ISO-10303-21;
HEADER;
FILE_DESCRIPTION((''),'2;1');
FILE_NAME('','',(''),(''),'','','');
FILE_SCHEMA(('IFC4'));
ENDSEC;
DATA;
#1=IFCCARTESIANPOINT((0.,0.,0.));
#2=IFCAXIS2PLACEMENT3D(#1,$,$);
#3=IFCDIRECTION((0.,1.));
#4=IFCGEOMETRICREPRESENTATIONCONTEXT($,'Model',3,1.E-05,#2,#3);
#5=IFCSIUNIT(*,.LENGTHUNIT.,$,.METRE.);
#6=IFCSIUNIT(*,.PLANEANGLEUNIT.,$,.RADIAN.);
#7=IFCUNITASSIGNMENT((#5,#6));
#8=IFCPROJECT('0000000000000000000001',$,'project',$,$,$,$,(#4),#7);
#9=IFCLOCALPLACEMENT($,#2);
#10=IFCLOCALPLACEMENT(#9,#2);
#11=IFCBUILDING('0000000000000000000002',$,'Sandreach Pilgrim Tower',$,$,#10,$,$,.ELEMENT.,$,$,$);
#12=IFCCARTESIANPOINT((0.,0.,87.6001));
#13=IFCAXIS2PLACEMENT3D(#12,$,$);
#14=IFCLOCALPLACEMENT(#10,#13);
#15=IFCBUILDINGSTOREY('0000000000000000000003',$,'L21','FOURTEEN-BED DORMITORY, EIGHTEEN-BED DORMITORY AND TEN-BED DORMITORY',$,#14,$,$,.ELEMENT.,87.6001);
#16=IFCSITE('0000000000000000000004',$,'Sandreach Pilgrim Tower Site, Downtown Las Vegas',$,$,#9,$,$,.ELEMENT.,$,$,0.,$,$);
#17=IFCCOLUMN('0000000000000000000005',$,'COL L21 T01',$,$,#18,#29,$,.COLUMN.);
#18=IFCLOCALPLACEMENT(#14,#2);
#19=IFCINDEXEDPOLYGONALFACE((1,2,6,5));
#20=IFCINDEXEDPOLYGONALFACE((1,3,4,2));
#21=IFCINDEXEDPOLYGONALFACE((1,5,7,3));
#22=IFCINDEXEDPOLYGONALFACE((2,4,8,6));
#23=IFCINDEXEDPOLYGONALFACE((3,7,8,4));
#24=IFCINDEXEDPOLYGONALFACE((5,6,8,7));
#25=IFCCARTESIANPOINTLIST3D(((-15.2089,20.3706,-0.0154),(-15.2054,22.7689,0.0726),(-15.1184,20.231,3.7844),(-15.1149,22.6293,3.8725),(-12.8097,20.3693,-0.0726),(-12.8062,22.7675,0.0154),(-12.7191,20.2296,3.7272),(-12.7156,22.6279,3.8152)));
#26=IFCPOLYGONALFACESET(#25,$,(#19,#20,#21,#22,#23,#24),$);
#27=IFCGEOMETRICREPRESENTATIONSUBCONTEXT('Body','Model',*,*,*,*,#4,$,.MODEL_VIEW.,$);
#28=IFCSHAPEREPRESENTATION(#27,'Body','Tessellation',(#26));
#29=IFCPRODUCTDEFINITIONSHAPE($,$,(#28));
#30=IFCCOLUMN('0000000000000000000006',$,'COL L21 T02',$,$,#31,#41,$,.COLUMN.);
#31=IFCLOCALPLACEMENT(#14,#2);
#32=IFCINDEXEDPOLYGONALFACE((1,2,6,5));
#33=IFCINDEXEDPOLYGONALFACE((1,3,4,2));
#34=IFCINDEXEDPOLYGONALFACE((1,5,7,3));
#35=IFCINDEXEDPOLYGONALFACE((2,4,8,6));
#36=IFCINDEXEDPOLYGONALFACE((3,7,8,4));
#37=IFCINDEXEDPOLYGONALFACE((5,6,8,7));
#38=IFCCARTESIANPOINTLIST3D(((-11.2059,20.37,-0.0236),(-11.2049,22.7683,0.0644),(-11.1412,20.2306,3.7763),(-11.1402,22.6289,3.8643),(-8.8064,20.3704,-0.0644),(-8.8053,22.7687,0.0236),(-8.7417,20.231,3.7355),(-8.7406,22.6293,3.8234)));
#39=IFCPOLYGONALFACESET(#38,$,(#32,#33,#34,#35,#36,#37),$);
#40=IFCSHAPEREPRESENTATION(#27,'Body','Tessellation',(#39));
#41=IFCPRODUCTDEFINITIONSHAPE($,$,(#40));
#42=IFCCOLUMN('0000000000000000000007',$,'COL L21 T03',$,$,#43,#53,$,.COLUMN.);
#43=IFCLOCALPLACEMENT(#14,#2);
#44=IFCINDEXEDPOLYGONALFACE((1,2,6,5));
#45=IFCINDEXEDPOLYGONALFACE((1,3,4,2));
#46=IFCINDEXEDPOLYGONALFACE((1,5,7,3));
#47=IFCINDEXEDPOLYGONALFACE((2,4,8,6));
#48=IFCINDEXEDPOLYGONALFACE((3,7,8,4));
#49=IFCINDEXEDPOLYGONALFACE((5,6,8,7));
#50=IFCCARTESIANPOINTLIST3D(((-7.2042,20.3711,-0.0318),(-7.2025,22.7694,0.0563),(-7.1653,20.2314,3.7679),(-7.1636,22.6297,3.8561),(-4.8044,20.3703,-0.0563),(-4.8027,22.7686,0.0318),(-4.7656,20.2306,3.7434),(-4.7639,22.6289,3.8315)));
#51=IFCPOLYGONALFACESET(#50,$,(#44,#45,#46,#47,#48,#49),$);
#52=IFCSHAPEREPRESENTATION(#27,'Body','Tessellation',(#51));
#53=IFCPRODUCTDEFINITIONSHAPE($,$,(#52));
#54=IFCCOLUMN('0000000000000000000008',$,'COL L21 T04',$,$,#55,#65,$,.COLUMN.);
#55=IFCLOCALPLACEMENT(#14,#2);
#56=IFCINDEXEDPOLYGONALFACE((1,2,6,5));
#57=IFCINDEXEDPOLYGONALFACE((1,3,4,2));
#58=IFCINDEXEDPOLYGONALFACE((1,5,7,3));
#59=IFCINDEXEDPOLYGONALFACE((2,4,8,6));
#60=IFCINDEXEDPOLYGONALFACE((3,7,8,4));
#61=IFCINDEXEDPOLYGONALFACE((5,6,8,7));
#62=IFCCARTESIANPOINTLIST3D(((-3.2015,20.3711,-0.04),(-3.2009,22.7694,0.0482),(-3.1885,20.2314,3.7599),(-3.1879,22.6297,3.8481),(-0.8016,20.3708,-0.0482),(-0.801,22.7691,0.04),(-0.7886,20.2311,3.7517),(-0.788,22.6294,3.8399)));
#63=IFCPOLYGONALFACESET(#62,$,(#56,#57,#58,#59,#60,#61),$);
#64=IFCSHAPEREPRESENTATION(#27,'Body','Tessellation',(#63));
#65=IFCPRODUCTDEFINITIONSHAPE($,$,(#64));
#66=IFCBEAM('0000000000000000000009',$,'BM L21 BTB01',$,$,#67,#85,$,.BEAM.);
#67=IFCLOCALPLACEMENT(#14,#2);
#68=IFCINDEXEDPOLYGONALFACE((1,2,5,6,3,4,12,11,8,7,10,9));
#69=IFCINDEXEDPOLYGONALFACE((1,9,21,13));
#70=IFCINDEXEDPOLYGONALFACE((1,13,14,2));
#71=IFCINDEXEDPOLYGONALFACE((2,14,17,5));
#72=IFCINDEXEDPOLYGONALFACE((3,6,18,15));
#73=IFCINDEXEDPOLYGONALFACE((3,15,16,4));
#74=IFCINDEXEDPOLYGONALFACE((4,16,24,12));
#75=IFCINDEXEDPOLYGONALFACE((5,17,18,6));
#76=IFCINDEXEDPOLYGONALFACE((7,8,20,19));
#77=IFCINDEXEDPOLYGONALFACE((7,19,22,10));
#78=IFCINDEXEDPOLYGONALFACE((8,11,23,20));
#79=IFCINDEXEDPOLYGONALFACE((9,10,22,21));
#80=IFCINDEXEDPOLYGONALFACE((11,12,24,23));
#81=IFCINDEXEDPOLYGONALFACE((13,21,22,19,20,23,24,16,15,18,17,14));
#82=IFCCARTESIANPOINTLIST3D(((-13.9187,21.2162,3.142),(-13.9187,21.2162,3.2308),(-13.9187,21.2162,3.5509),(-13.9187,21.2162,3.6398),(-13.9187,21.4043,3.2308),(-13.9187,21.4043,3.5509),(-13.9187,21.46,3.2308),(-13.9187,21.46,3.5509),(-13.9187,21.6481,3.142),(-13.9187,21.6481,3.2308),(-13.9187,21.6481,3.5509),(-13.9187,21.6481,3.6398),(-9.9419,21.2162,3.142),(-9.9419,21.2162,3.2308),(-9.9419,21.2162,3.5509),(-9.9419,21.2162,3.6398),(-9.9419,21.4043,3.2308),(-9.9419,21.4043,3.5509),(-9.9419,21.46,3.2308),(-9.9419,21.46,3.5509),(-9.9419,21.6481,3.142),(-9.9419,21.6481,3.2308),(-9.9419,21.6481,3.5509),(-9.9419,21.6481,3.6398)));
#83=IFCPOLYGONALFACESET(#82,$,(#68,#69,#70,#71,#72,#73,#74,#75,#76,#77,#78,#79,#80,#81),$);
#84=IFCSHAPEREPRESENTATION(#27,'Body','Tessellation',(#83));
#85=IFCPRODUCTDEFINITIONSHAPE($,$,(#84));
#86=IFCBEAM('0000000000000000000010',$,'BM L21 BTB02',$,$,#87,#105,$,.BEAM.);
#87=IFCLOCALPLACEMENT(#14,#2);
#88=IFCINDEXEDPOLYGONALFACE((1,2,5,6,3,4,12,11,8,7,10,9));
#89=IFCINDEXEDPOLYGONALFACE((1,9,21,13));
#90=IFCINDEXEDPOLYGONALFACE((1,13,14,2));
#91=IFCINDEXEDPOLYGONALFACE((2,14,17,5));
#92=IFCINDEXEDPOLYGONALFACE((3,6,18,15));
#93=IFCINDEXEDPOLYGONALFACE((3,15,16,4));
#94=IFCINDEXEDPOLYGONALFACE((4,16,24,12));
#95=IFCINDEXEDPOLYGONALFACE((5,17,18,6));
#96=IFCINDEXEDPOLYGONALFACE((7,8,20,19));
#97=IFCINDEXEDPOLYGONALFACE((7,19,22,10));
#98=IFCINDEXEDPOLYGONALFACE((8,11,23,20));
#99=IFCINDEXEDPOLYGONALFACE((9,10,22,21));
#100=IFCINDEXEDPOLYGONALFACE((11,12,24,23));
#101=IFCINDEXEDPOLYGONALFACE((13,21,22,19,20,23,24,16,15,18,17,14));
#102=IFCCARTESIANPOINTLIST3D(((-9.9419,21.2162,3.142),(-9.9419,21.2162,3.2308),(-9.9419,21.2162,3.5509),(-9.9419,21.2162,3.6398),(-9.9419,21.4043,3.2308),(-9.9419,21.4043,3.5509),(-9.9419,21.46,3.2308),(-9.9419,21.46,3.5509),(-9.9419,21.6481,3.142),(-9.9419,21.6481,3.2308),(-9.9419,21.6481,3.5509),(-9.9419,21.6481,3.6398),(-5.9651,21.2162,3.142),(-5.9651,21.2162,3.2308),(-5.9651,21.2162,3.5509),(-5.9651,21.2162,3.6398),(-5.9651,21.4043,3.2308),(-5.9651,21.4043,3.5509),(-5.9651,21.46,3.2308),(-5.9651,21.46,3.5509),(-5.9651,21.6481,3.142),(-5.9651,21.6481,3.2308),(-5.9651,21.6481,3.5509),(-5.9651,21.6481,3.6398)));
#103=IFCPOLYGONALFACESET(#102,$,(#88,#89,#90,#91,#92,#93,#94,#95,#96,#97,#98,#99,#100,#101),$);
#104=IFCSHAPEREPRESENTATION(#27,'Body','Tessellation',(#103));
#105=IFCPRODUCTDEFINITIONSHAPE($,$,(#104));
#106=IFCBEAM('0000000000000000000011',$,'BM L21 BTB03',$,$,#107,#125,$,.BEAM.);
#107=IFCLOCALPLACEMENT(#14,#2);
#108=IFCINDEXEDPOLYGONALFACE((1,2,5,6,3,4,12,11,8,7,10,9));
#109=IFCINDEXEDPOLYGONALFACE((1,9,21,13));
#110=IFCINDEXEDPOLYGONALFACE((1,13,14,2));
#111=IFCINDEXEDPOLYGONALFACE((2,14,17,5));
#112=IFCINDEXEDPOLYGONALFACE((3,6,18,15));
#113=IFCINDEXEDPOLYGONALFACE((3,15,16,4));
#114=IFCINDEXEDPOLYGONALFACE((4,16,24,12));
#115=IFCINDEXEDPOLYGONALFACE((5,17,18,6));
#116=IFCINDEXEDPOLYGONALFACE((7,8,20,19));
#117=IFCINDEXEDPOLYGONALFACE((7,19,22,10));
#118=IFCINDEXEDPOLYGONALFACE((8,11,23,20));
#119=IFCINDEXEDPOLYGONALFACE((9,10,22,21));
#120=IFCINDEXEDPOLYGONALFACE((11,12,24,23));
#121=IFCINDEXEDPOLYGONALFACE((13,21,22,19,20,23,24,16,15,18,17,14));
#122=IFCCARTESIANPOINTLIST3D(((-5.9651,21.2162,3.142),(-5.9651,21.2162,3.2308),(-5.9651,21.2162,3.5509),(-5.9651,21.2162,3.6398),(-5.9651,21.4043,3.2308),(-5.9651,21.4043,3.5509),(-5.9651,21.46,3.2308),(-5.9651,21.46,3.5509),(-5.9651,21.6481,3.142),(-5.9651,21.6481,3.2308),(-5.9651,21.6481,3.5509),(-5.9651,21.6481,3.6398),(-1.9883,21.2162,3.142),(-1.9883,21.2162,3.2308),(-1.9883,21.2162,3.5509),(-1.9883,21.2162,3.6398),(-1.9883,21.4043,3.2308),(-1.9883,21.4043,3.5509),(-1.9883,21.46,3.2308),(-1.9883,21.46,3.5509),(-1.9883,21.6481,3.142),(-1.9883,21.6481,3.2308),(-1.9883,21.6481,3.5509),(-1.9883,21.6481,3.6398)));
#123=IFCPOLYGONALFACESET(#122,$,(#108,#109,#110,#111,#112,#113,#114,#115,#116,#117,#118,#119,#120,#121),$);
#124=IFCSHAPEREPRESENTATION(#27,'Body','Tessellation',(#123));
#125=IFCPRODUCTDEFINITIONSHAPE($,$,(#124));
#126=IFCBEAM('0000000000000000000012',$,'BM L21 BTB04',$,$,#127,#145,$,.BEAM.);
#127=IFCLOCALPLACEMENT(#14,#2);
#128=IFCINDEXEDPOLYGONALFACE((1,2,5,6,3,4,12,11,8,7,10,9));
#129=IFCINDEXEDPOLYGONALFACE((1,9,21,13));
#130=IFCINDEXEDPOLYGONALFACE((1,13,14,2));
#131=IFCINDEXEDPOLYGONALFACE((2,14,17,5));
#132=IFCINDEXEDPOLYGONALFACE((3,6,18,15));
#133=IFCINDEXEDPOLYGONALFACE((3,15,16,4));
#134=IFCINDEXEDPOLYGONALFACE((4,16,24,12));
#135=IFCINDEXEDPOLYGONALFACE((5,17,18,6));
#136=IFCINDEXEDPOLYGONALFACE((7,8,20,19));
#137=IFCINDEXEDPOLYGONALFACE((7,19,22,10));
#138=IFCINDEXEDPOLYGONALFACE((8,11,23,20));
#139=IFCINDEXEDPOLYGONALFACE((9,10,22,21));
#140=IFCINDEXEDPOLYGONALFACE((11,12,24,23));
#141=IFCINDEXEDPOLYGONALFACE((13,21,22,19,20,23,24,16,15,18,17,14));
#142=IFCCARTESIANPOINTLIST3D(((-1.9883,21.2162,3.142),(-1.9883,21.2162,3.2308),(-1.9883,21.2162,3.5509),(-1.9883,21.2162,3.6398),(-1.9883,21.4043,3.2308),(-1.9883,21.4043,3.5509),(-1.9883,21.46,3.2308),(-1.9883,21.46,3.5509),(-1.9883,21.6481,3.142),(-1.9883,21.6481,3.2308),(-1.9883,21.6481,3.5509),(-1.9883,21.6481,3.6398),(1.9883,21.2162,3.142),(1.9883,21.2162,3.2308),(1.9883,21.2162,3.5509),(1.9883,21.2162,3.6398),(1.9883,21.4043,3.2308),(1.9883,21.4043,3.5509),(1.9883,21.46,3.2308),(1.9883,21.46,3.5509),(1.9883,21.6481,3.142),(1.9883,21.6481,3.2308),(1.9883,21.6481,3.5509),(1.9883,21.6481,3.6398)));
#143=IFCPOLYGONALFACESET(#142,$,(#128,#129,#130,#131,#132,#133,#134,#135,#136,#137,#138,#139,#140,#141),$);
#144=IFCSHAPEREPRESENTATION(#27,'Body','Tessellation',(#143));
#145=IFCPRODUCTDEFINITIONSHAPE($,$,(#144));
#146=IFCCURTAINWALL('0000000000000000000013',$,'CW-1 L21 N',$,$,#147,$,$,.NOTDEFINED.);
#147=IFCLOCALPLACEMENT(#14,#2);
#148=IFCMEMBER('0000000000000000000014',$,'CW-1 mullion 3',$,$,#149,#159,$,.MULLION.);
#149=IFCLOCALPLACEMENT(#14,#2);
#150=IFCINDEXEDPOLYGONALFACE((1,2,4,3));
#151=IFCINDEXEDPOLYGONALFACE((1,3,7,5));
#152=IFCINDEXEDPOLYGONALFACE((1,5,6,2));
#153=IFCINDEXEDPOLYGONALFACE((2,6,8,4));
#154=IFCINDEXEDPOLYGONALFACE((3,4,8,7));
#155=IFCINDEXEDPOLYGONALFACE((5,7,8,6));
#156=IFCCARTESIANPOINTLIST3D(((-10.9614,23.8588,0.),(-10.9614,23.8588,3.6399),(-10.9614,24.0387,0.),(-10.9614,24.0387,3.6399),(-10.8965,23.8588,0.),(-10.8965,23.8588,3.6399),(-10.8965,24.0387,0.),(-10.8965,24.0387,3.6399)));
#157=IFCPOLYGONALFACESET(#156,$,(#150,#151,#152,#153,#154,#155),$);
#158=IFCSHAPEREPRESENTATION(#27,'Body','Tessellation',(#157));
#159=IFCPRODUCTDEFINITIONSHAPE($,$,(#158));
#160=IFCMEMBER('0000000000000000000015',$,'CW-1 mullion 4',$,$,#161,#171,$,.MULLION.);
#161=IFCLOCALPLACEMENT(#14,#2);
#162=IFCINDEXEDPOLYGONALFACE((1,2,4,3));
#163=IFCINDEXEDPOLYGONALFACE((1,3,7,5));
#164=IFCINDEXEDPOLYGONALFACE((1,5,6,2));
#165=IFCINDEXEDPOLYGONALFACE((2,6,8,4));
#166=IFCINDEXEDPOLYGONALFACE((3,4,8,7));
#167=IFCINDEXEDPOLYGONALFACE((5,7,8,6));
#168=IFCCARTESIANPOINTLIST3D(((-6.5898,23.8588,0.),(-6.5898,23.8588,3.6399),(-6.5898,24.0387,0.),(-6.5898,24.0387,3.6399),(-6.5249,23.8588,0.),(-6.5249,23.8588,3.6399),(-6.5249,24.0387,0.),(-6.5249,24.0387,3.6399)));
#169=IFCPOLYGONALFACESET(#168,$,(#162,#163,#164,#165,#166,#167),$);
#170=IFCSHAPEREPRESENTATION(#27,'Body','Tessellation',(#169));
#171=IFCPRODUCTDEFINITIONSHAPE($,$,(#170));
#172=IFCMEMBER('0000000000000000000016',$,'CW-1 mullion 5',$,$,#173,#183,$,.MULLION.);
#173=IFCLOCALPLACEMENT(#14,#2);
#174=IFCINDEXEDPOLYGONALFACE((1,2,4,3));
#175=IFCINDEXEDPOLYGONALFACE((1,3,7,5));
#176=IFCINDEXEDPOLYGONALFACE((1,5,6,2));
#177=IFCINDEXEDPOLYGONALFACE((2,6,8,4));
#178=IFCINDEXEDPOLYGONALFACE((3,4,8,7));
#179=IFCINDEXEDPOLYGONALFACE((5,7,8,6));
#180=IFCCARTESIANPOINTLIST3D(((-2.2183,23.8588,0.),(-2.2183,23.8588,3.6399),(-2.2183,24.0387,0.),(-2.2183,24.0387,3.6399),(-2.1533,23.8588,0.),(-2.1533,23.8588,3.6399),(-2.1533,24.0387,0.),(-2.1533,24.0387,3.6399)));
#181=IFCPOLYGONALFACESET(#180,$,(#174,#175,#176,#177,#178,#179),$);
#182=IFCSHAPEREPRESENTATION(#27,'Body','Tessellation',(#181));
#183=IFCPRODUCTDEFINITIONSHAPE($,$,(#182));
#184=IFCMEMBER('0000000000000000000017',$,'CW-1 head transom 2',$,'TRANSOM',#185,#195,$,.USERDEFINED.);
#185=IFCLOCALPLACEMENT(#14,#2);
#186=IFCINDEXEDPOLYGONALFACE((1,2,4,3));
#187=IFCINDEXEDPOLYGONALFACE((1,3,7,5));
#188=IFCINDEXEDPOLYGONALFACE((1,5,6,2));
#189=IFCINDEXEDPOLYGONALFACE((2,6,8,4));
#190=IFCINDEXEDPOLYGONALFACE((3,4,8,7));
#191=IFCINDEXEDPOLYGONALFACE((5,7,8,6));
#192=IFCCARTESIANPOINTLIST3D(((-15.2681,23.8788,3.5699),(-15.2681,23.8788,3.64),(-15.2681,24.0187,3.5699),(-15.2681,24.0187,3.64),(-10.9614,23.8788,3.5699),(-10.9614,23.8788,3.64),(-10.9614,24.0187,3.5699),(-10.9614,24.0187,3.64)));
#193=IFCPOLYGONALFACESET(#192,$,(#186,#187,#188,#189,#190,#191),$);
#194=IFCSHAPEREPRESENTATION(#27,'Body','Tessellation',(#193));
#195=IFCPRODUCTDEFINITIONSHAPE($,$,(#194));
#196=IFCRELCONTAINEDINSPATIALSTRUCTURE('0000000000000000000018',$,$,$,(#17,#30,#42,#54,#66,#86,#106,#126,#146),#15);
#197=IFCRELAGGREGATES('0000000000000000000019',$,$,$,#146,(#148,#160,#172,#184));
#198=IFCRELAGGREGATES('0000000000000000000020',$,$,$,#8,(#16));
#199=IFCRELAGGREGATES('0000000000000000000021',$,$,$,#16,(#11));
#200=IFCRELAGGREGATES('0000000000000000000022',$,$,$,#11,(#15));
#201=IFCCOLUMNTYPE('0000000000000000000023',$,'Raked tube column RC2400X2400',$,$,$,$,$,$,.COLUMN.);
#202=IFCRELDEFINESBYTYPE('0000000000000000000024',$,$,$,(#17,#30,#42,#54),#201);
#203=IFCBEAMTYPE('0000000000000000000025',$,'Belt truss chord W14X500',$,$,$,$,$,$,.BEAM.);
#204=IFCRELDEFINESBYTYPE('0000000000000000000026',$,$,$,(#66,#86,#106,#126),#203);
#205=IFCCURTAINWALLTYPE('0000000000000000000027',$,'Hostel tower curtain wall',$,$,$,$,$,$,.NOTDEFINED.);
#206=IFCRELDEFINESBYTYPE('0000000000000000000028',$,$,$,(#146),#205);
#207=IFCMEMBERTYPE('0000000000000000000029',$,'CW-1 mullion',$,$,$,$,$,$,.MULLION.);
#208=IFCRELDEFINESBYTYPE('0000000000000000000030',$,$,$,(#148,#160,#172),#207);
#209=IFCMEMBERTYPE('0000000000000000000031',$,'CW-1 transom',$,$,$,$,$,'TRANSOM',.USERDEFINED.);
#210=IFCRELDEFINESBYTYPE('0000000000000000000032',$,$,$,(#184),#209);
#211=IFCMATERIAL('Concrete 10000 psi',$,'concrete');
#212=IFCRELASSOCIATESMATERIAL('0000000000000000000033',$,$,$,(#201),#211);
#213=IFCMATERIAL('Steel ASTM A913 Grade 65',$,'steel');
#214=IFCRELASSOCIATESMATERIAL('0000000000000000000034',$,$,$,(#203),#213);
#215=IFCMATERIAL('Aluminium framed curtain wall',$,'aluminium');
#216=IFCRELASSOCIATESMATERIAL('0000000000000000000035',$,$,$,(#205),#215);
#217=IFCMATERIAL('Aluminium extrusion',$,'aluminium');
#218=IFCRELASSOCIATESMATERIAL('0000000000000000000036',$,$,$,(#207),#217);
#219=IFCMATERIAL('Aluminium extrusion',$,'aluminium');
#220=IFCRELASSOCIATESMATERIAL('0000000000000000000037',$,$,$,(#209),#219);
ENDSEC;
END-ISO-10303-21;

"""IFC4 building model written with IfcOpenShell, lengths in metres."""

from ifc_helpers import new_model, si_unit, direction, frame, origin, origin_2d, place, context, subcontext, project, spatial, rectangle, i_section, extrude, material, material_profile, profile_set, type_object, element, aggregate, save


model = new_model("IFC4")

# Units and contexts
model_context = context("Model", 3, precision=1e-05, world=origin(), true_north=direction((0.0, 1.0)))
body_context = subcontext(model_context, "Body", "Model", "MODEL_VIEW")
ifc_project = project(units=[si_unit("LENGTHUNIT", "METRE"), si_unit("PLANEANGLEUNIT", "RADIAN")], contexts=[model_context])

# Site, building, storey
site_placement = place(None, origin())
site = spatial("IfcSite", under=ifc_project, at=site_placement, Name="Sandreach Pilgrim Tower Site, Downtown Las Vegas", CompositionType="ELEMENT", RefElevation=0.0)
building_placement = place(site_placement, origin())
building = spatial("IfcBuilding", under=site, at=building_placement, Name="Sandreach Pilgrim Tower", CompositionType="ELEMENT")
storey_placement = place(building_placement, frame((0.0, 0.0, 87.6001)))
storey = spatial("IfcBuildingStorey", under=building, at=storey_placement, Name="L21", Description="FOURTEEN-BED DORMITORY, EIGHTEEN-BED DORMITORY AND TEN-BED DORMITORY", CompositionType="ELEMENT", Elevation=87.6001)

# Columns
ifc_material_1 = material(Name="Concrete 10000 psi", Category="concrete")
ifc_material_profile_1 = material_profile(ifc_material_1, rectangle(XDim=2.3999, YDim=2.3999, at=origin_2d()), Name="RC2400X2400")
ifc_profile_set_1 = profile_set([ifc_material_profile_1], Name="Concrete 10000 psi")
column_type = type_object("IfcColumnType", Name="Raked tube column RC2400X2400", PredefinedType="COLUMN", material=ifc_profile_set_1)
column_1_placement = place(storey_placement, frame((-14.0076, 21.5691, 0.0), z_axis=(0.023814, -0.036716, 0.999042), x_axis=(0.001458, 0.999326, 0.036692)))
element("IfcColumn", 1, at=column_1_placement, inside=storey, type_object=column_type, Name="COL L21 T01", PredefinedType="COLUMN", context=body_context, shape_type="SweptSolid", body=[
    extrude(rectangle(XDim=2.3999, YDim=2.3999, at=origin_2d()), origin(), (0.0, 0.0, 1.0), 3.8035),
])
column_2_placement = place(storey_placement, frame((-10.0056, 21.5693, 0.0), z_axis=(0.017013, -0.036657, 0.999183), x_axis=(0.000444, 0.999328, 0.036655)))
element("IfcColumn", 2, at=column_2_placement, inside=storey, type_object=column_type, Name="COL L21 T02", PredefinedType="COLUMN", context=body_context, shape_type="SweptSolid", body=[
    extrude(rectangle(XDim=2.3999, YDim=2.3999, at=origin_2d()), origin(), (0.0, 0.0, 1.0), 3.803),
])
for number, where, z_axis, x_axis, name in (
    (3, (-6.0034, 21.5698, 0.0), (0.010208, -0.036725, 0.999273), (0.000705, 0.999325, 0.036719), "COL L21 T03"),
    (4, (-2.0012, 21.5701, 0.0), (0.003403, -0.036726, 0.99932), (0.000242, 0.999325, 0.036726), "COL L21 T04"),
):
    element("IfcColumn", number, at=place(storey_placement, frame(where, z_axis=z_axis, x_axis=x_axis)), inside=storey, type_object=column_type, Name=name, PredefinedType="COLUMN", context=body_context, shape_type="SweptSolid", body=[
        extrude(rectangle(XDim=2.3999, YDim=2.3999, at=origin_2d()), origin(), (0.0, 0.0, 1.0), 3.8025),
    ])

# Beams
ifc_material_2 = material(Name="Steel ASTM A913 Grade 65", Category="steel")
ifc_material_profile_2 = material_profile(ifc_material_2, i_section(OverallWidth=0.4319, OverallDepth=0.4978, WebThickness=0.0557, FlangeThickness=0.0889, at=origin_2d()), Name="W14X500")
ifc_profile_set_2 = profile_set([ifc_material_profile_2], Name="Steel ASTM A913 Grade 65")
beam_type_1 = type_object("IfcBeamType", Name="Belt truss chord W14X500", PredefinedType="BEAM", material=ifc_profile_set_2)
for number, where, z_axis, x_axis, name in (
    (5, (-13.9187, 21.4321, 3.3909), (1.0, 0.0, 0.0), (0.0, 1.0, 0.0), "BM L21 BTB01"),
    (6, (-9.9419, 21.4321, 3.3909), (1.0, 0.0, 0.0), (0.0, 1.0, 0.0), "BM L21 BTB02"),
    (7, (-5.9651, 21.4321, 3.3909), (1.0, 0.0, 0.0), (0.0, 1.0, 0.0), "BM L21 BTB03"),
):
    element("IfcBeam", number, at=place(storey_placement, frame(where, z_axis=z_axis, x_axis=x_axis)), inside=storey, type_object=beam_type_1, Name=name, PredefinedType="BEAM", context=body_context, shape_type="SweptSolid", body=[
        extrude(i_section(OverallWidth=0.4319, OverallDepth=0.4978, WebThickness=0.0557, FlangeThickness=0.0889, at=origin_2d()), origin(), (0.0, 0.0, 1.0), 3.9768),
    ])
beam_1_placement = place(storey_placement, frame((-1.9883, 21.4321, 3.3909), z_axis=(1.0, 0.0, 0.0), x_axis=(0.0, 1.0, 0.0)))
element("IfcBeam", 8, at=beam_1_placement, inside=storey, type_object=beam_type_1, Name="BM L21 BTB04", PredefinedType="BEAM", context=body_context, shape_type="SweptSolid", body=[
    extrude(i_section(OverallWidth=0.4319, OverallDepth=0.4978, WebThickness=0.0557, FlangeThickness=0.0889, at=origin_2d()), origin(), (0.0, 0.0, 1.0), 3.9766),
])

# Curtain wall, members
ifc_material_3 = material(Name="Aluminium framed curtain wall", Category="aluminium")
curtain_wall_type = type_object("IfcCurtainWallType", Name="Hostel tower curtain wall", PredefinedType="NOTDEFINED", material=ifc_material_3)
curtain_wall_placement = place(storey_placement, origin())
curtain_wall = element("IfcCurtainWall", 9, at=curtain_wall_placement, inside=storey, type_object=curtain_wall_type, Name="CW-1 L21 N", PredefinedType="NOTDEFINED")
ifc_material_4 = material(Name="Aluminium extrusion", Category="aluminium")
ifc_material_profile_3 = material_profile(ifc_material_4, rectangle(XDim=0.0649, YDim=0.1799, at=origin_2d()), Name="CW-1M 65X180")
ifc_profile_set_3 = profile_set([ifc_material_profile_3], Name="Aluminium extrusion")
member_type_1 = type_object("IfcMemberType", Name="CW-1 mullion", PredefinedType="MULLION", material=ifc_profile_set_3)
member_1_placement = place(storey_placement, frame((-10.929, 23.9487, 0.0), z_axis=(0.0, 0.0, 1.0), x_axis=(1.0, 0.0, 0.0)))
member_1 = element("IfcMember", 10, at=member_1_placement, type_object=member_type_1, Name="CW-1 mullion 3", PredefinedType="MULLION", context=body_context, shape_type="SweptSolid", body=[
    extrude(rectangle(XDim=0.0649, YDim=0.1799, at=origin_2d()), origin(), (0.0, 0.0, 1.0), 3.6399),
])
member_2_placement = place(storey_placement, frame((-6.5574, 23.9487, 0.0), z_axis=(0.0, 0.0, 1.0), x_axis=(1.0, 0.0, 0.0)))
member_2 = element("IfcMember", 11, at=member_2_placement, type_object=member_type_1, Name="CW-1 mullion 4", PredefinedType="MULLION", context=body_context, shape_type="SweptSolid", body=[
    extrude(rectangle(XDim=0.0649, YDim=0.1799, at=origin_2d()), origin(), (0.0, 0.0, 1.0), 3.6399),
])
member_3_placement = place(storey_placement, frame((-2.1858, 23.9487, 0.0), z_axis=(0.0, 0.0, 1.0), x_axis=(1.0, 0.0, 0.0)))
member_3 = element("IfcMember", 12, at=member_3_placement, type_object=member_type_1, Name="CW-1 mullion 5", PredefinedType="MULLION", context=body_context, shape_type="SweptSolid", body=[
    extrude(rectangle(XDim=0.0649, YDim=0.1799, at=origin_2d()), origin(), (0.0, 0.0, 1.0), 3.6399),
])
ifc_material_5 = material(Name="Aluminium extrusion", Category="aluminium")
ifc_material_profile_4 = material_profile(ifc_material_5, rectangle(XDim=0.1399, YDim=0.0701, at=origin_2d()), Name="CW-1T 140X70")
ifc_profile_set_4 = profile_set([ifc_material_profile_4], Name="Aluminium extrusion")
member_type_2 = type_object("IfcMemberType", Name="CW-1 transom", ElementType="TRANSOM", PredefinedType="USERDEFINED", material=ifc_profile_set_4)
member_4_placement = place(storey_placement, frame((-15.2681, 23.9487, 3.605), z_axis=(1.0, 0.0, 0.0), x_axis=(0.0, 1.0, 0.0)))
member_4 = element("IfcMember", 13, at=member_4_placement, type_object=member_type_2, Name="CW-1 head transom 2", ObjectType="TRANSOM", PredefinedType="USERDEFINED", context=body_context, shape_type="SweptSolid", body=[
    extrude(rectangle(XDim=0.1399, YDim=0.0701, at=origin_2d()), origin(), (0.0, 0.0, 1.0), 4.3066),
])

aggregate(curtain_wall, [member_1, member_2, member_3, member_4])

save(model, "model.ifc")
